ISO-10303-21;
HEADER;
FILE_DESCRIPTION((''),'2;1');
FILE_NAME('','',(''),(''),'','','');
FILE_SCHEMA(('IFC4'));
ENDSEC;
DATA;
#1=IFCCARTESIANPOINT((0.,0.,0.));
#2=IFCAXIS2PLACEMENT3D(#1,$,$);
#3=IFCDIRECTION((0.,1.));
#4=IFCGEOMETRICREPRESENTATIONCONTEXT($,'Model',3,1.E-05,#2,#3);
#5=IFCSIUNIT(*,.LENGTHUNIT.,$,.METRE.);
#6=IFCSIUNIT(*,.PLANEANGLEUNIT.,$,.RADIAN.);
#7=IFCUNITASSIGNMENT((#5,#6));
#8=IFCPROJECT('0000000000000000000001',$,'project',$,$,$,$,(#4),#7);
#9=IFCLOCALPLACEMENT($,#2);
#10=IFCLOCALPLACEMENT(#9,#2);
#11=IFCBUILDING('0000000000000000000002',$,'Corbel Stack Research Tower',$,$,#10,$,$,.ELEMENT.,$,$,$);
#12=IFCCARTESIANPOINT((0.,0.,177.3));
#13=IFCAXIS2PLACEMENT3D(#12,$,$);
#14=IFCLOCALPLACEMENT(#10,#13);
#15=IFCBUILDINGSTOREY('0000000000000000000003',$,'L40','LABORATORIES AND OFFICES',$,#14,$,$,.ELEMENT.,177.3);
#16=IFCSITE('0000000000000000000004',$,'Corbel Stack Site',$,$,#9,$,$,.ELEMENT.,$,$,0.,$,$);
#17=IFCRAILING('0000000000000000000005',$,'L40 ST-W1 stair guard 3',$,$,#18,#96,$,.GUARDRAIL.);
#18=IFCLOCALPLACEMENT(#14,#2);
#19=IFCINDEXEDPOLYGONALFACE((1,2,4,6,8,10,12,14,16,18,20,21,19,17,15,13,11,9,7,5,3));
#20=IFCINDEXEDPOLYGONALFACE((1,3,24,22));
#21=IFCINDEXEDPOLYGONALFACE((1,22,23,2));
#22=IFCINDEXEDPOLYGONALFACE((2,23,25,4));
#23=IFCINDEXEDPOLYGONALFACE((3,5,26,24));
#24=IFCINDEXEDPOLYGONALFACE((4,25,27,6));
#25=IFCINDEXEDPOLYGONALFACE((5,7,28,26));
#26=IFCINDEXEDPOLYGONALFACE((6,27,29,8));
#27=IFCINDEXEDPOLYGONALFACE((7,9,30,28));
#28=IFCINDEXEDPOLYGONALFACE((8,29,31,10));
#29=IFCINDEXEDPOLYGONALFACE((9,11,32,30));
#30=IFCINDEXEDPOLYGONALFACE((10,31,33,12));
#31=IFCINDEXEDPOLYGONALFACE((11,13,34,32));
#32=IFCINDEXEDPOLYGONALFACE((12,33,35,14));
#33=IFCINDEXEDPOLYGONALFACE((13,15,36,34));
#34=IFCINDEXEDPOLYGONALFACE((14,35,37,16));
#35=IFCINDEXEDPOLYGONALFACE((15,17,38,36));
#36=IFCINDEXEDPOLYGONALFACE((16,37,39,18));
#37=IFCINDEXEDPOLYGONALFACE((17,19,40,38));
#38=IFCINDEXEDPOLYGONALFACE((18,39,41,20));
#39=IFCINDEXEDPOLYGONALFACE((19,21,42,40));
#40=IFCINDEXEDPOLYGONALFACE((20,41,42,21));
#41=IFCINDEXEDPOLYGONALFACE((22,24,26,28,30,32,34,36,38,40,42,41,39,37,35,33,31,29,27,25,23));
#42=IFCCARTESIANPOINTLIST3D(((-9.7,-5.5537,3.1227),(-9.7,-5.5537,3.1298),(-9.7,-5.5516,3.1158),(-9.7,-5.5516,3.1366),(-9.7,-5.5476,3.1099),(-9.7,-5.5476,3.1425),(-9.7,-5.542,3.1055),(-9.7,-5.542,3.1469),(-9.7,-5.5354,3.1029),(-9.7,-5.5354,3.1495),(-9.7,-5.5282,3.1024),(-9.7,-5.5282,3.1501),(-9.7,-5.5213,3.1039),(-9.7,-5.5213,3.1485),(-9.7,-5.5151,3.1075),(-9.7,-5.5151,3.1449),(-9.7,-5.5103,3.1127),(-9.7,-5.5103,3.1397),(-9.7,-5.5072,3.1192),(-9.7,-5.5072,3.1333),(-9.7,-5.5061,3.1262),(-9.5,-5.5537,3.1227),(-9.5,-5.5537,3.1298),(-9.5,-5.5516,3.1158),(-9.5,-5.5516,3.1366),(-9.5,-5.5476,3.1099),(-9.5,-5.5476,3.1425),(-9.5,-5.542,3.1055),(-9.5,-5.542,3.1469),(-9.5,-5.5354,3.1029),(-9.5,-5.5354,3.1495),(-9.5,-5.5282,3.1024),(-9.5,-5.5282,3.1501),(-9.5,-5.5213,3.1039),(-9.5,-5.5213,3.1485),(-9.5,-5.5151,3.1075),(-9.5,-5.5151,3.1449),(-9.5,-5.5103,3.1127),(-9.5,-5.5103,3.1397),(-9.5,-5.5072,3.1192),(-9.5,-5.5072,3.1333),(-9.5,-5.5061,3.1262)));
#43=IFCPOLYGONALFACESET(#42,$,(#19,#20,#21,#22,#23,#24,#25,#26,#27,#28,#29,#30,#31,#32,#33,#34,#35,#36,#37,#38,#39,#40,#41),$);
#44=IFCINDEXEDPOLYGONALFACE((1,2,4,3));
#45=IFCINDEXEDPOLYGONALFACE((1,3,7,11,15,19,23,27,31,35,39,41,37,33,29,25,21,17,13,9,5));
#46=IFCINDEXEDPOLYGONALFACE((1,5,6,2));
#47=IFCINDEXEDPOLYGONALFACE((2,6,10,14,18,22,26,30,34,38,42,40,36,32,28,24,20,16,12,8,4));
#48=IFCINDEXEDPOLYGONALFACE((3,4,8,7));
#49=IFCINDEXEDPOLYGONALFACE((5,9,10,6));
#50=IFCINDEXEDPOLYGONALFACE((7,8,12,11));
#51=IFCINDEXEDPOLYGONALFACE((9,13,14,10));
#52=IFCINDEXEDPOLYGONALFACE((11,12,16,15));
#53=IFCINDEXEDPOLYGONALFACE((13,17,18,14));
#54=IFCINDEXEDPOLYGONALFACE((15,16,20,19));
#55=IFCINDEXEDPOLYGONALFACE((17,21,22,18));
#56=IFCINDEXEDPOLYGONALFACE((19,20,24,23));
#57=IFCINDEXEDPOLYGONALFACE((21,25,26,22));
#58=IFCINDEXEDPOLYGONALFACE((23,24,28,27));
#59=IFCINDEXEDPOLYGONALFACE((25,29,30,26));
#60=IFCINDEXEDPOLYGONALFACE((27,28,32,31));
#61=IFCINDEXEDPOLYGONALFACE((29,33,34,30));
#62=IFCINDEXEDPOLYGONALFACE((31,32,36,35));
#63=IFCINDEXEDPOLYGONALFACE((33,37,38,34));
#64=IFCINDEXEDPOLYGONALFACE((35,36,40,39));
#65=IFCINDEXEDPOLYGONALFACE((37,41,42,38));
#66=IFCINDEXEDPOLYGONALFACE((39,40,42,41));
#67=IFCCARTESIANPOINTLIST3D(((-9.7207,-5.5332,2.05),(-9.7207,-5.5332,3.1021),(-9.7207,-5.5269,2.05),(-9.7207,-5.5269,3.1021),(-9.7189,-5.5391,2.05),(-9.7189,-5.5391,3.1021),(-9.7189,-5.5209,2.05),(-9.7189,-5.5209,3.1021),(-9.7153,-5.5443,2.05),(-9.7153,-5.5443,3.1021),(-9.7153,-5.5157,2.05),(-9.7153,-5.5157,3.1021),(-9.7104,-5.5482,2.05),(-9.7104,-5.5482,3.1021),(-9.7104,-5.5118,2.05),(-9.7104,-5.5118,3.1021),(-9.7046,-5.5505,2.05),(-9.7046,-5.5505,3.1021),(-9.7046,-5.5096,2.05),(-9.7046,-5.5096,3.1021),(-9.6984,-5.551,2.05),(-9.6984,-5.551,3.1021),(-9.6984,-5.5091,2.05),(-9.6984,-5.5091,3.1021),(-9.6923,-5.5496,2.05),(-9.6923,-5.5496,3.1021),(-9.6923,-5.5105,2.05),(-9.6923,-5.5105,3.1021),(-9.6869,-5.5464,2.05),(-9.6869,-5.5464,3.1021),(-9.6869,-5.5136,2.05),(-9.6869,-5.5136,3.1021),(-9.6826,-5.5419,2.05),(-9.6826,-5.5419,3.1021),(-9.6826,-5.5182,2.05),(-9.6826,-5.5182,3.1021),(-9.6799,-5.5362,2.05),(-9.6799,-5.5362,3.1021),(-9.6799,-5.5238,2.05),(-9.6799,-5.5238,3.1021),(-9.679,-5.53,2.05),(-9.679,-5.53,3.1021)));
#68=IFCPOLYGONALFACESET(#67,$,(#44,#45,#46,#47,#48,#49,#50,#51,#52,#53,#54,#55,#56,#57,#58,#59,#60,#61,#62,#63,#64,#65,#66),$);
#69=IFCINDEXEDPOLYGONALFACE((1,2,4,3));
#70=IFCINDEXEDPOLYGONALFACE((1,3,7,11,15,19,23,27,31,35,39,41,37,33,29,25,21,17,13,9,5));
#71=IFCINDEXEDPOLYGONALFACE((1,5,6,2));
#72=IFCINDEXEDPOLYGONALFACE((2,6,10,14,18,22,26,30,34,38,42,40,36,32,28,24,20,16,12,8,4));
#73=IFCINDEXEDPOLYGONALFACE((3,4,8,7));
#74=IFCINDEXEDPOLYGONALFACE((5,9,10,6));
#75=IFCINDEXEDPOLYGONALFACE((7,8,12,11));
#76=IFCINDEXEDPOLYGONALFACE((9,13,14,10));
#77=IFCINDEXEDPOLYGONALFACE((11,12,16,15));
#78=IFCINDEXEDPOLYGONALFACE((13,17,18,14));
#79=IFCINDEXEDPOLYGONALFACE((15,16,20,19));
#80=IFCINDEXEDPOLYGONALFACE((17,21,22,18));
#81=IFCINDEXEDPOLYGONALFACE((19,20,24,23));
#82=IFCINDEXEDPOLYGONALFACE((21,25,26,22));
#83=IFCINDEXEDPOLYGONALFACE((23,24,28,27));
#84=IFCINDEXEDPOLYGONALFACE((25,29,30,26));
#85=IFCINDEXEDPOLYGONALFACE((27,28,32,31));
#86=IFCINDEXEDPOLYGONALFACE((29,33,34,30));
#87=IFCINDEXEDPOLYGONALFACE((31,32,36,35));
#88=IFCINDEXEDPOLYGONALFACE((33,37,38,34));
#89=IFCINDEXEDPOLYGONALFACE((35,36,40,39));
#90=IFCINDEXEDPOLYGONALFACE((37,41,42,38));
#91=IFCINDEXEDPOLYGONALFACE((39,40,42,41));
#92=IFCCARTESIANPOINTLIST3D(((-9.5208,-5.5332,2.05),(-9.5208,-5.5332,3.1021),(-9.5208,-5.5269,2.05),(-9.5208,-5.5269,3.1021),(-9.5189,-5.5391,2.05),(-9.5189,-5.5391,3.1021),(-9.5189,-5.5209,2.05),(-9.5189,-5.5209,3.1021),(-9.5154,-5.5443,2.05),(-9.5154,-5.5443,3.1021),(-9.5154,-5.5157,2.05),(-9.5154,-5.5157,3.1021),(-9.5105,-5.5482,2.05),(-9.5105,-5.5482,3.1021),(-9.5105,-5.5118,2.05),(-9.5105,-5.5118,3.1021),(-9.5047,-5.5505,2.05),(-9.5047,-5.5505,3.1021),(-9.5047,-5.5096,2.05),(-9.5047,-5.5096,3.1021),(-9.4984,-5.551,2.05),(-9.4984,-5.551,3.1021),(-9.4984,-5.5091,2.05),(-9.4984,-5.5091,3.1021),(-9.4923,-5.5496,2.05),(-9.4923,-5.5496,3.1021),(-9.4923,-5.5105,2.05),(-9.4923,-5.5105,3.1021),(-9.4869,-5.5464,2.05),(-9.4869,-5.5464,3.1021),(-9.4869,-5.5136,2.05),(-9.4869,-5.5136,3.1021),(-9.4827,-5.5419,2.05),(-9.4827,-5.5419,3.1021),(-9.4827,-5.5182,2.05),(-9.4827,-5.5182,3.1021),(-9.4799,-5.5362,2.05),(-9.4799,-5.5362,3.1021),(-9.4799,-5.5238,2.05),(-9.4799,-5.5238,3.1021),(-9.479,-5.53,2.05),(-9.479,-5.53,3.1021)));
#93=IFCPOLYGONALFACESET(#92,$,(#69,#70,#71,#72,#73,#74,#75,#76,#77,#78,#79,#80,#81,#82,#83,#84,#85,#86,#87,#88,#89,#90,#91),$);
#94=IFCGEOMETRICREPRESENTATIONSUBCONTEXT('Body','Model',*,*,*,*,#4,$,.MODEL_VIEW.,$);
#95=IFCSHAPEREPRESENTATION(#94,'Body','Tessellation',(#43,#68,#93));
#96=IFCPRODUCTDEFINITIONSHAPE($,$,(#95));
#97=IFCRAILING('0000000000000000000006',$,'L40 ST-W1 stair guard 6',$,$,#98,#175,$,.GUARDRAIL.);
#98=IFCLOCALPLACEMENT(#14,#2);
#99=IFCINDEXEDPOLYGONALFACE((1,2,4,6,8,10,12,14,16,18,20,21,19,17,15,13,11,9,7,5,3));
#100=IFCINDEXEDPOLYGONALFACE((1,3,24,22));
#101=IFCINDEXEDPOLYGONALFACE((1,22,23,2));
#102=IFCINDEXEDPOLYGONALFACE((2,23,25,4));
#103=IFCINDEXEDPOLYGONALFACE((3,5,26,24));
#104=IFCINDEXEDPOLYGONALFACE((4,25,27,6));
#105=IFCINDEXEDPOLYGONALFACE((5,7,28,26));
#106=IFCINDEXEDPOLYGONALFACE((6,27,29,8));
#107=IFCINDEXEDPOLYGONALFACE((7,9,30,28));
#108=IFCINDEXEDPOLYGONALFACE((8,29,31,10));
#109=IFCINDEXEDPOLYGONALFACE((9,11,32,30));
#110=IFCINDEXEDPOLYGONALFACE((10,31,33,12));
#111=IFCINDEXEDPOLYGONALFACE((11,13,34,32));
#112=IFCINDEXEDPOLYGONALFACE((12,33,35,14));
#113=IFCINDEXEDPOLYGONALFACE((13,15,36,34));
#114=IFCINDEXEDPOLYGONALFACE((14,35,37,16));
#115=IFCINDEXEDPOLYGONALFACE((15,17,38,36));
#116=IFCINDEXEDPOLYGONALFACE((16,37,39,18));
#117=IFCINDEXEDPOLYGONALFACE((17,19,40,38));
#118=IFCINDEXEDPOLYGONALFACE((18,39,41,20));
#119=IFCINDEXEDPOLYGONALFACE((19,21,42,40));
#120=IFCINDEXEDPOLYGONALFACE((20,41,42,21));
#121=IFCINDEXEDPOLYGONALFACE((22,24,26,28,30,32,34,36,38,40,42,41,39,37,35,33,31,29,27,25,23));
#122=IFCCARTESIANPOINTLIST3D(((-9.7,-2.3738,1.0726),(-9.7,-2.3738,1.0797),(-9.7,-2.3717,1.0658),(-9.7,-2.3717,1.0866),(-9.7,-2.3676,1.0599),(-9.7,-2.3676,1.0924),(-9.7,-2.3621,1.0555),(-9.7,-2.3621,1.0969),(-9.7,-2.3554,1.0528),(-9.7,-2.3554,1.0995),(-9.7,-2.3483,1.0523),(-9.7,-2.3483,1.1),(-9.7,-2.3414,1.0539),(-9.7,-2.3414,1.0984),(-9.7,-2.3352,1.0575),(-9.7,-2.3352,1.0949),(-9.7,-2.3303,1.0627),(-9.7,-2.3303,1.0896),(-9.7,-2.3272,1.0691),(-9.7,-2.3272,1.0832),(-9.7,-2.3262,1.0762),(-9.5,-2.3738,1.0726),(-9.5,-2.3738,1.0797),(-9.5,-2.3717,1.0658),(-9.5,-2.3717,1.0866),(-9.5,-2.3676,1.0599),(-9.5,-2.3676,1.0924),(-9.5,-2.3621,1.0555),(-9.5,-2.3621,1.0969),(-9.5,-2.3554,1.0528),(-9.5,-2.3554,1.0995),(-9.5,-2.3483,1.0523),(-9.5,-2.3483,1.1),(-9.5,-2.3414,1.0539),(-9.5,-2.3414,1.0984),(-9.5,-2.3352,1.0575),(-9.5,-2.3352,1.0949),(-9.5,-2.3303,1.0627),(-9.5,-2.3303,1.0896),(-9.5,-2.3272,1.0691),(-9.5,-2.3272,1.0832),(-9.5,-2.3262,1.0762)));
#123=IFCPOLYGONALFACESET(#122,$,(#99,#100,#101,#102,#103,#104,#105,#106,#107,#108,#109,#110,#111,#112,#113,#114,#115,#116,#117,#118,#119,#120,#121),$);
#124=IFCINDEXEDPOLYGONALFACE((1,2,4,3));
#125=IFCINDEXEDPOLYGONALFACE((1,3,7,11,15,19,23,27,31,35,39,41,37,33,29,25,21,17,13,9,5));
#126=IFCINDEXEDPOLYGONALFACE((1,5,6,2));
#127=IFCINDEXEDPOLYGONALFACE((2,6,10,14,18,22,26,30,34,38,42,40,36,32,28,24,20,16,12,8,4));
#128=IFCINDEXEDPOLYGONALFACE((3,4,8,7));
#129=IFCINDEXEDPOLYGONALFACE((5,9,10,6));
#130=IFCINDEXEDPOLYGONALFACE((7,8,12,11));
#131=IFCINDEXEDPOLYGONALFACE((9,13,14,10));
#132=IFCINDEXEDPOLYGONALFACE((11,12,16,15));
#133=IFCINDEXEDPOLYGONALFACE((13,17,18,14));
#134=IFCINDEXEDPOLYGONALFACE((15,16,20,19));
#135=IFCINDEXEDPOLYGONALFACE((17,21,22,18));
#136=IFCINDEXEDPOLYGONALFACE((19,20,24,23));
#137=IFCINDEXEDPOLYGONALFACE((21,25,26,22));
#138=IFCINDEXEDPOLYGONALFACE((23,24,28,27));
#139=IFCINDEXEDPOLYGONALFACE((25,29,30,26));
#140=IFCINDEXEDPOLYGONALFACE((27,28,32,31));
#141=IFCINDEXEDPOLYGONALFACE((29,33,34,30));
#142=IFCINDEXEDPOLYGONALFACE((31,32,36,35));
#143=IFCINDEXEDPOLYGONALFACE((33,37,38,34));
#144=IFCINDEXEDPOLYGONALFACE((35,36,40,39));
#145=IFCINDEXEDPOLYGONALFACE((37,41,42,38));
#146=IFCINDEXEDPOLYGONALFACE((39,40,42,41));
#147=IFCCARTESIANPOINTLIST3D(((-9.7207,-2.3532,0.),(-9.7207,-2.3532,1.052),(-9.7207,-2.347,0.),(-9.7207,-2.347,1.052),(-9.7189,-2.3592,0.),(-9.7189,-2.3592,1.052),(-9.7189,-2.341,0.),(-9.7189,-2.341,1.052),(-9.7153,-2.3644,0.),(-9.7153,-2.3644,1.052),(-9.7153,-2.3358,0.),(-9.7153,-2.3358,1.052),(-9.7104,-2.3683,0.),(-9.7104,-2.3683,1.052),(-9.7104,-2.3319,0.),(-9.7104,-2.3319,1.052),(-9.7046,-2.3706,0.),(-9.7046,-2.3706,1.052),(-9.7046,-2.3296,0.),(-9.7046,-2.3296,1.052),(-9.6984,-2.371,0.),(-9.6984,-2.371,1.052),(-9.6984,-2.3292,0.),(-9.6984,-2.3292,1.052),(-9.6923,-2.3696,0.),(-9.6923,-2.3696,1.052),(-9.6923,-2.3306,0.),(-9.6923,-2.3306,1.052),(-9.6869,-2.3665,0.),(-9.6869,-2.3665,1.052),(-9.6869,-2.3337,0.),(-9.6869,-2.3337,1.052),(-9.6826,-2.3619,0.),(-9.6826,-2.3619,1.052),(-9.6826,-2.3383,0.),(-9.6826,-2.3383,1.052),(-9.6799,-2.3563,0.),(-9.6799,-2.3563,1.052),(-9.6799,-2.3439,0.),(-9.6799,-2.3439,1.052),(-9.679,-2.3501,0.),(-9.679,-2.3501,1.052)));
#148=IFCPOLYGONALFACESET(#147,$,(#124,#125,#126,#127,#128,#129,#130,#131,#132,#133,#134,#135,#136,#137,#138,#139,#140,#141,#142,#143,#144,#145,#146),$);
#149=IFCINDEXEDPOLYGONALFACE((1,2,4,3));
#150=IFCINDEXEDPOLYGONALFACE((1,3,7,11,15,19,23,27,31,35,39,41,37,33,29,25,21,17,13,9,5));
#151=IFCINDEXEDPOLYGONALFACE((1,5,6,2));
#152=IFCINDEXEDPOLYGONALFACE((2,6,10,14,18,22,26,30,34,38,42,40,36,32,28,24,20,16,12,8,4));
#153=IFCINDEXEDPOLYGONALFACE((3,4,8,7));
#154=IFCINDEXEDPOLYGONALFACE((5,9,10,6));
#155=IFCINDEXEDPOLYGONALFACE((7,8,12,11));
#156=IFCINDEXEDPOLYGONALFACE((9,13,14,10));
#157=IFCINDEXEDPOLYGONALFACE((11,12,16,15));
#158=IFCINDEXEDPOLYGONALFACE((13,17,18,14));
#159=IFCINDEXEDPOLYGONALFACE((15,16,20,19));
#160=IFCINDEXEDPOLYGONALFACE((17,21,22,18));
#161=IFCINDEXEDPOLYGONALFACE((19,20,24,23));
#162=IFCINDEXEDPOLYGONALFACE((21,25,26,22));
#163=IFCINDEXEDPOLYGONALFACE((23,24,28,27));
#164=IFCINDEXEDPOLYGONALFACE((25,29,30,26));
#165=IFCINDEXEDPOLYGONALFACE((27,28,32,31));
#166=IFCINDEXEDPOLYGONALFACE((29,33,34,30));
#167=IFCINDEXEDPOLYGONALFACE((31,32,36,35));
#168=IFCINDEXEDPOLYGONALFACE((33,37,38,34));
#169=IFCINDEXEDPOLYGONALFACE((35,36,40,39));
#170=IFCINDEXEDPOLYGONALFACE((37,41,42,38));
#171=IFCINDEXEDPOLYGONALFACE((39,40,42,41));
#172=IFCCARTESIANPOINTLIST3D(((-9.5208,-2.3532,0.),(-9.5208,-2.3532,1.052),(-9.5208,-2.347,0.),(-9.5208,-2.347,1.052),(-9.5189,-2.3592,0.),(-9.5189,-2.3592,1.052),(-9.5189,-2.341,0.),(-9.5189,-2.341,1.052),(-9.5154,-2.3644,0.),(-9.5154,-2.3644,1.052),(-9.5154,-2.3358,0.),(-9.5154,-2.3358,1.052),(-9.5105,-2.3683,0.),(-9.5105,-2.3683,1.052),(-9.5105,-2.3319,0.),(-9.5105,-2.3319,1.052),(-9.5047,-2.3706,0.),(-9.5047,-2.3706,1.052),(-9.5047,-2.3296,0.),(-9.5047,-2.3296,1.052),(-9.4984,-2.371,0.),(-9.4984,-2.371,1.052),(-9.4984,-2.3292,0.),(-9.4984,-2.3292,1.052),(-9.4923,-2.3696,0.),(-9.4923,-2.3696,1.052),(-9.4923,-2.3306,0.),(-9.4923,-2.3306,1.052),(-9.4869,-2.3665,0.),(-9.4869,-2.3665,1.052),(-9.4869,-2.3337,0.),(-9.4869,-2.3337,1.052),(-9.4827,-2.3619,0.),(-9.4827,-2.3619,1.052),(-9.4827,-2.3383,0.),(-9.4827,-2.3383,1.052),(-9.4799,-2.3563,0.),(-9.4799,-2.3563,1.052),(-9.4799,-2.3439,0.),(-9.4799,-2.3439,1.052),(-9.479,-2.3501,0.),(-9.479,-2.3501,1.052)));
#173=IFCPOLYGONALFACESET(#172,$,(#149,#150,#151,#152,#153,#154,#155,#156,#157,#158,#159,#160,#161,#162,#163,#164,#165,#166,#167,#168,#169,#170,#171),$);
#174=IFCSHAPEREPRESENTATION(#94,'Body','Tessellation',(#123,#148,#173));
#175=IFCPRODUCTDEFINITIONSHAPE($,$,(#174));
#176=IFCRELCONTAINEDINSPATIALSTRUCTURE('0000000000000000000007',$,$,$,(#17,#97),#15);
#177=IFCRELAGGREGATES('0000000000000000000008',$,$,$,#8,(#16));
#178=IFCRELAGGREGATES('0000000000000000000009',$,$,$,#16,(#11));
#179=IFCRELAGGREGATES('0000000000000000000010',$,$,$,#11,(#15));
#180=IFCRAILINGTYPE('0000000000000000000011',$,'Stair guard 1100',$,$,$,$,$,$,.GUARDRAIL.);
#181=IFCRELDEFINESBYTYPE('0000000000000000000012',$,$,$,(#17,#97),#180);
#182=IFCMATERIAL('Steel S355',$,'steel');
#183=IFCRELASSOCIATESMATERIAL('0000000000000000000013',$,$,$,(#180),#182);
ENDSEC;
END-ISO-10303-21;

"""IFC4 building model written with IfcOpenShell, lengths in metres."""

from ifc_helpers import new_model, si_unit, direction, frame, origin, origin_2d, place, context, subcontext, project, spatial, circle, extrude, material, type_object, element, save


model = new_model("IFC4")

# Units and contexts
model_context = context("Model", 3, precision=1e-05, world=origin(), true_north=direction((0.0, 1.0)))
body_context = subcontext(model_context, "Body", "Model", "MODEL_VIEW")
ifc_project = project(units=[si_unit("LENGTHUNIT", "METRE"), si_unit("PLANEANGLEUNIT", "RADIAN")], contexts=[model_context])

# Site, building, storey
site_placement = place(None, origin())
site = spatial("IfcSite", under=ifc_project, at=site_placement, Name="Corbel Stack Site", CompositionType="ELEMENT", RefElevation=0.0)
building_placement = place(site_placement, origin())
building = spatial("IfcBuilding", under=site, at=building_placement, Name="Corbel Stack Research Tower", CompositionType="ELEMENT")
storey_placement = place(building_placement, frame((0.0, 0.0, 177.3)))
storey = spatial("IfcBuildingStorey", under=building, at=storey_placement, Name="L40", Description="LABORATORIES AND OFFICES", CompositionType="ELEMENT", Elevation=177.3)

# Railings
ifc_material_1 = material(Name="Steel S355", Category="steel")
railing_type_1 = type_object("IfcRailingType", Name="Stair guard 1100", PredefinedType="GUARDRAIL", material=ifc_material_1)
for number, where, name in (
    (1, (-9.7, -5.53, 2.05), "L40 ST-W1 stair guard 3"),
    (2, (-9.7, -2.3501, 0.0), "L40 ST-W1 stair guard 6"),
):
    element("IfcRailing", number, at=place(storey_placement, frame(where)), inside=storey, type_object=railing_type_1, Name=name, PredefinedType="GUARDRAIL", context=body_context, shape_type="SweptSolid", body=[
        extrude(circle(Radius=0.0239, at=origin_2d()), frame((0.0, 0.0, 1.0762), z_axis=(1.0, 0.0, 0.0), x_axis=(0.0, 1.0, 0.0)), (0.0, 0.0, 1.0), 0.2),
        extrude(circle(Radius=0.021, at=origin_2d()), origin(), (0.0, 0.0, 1.0), 1.052),
        extrude(circle(Radius=0.021, at=origin_2d()), frame((0.2, 0.0, 0.0)), (0.0, 0.0, 1.0), 1.052),
    ])

save(model, "model.ifc")
